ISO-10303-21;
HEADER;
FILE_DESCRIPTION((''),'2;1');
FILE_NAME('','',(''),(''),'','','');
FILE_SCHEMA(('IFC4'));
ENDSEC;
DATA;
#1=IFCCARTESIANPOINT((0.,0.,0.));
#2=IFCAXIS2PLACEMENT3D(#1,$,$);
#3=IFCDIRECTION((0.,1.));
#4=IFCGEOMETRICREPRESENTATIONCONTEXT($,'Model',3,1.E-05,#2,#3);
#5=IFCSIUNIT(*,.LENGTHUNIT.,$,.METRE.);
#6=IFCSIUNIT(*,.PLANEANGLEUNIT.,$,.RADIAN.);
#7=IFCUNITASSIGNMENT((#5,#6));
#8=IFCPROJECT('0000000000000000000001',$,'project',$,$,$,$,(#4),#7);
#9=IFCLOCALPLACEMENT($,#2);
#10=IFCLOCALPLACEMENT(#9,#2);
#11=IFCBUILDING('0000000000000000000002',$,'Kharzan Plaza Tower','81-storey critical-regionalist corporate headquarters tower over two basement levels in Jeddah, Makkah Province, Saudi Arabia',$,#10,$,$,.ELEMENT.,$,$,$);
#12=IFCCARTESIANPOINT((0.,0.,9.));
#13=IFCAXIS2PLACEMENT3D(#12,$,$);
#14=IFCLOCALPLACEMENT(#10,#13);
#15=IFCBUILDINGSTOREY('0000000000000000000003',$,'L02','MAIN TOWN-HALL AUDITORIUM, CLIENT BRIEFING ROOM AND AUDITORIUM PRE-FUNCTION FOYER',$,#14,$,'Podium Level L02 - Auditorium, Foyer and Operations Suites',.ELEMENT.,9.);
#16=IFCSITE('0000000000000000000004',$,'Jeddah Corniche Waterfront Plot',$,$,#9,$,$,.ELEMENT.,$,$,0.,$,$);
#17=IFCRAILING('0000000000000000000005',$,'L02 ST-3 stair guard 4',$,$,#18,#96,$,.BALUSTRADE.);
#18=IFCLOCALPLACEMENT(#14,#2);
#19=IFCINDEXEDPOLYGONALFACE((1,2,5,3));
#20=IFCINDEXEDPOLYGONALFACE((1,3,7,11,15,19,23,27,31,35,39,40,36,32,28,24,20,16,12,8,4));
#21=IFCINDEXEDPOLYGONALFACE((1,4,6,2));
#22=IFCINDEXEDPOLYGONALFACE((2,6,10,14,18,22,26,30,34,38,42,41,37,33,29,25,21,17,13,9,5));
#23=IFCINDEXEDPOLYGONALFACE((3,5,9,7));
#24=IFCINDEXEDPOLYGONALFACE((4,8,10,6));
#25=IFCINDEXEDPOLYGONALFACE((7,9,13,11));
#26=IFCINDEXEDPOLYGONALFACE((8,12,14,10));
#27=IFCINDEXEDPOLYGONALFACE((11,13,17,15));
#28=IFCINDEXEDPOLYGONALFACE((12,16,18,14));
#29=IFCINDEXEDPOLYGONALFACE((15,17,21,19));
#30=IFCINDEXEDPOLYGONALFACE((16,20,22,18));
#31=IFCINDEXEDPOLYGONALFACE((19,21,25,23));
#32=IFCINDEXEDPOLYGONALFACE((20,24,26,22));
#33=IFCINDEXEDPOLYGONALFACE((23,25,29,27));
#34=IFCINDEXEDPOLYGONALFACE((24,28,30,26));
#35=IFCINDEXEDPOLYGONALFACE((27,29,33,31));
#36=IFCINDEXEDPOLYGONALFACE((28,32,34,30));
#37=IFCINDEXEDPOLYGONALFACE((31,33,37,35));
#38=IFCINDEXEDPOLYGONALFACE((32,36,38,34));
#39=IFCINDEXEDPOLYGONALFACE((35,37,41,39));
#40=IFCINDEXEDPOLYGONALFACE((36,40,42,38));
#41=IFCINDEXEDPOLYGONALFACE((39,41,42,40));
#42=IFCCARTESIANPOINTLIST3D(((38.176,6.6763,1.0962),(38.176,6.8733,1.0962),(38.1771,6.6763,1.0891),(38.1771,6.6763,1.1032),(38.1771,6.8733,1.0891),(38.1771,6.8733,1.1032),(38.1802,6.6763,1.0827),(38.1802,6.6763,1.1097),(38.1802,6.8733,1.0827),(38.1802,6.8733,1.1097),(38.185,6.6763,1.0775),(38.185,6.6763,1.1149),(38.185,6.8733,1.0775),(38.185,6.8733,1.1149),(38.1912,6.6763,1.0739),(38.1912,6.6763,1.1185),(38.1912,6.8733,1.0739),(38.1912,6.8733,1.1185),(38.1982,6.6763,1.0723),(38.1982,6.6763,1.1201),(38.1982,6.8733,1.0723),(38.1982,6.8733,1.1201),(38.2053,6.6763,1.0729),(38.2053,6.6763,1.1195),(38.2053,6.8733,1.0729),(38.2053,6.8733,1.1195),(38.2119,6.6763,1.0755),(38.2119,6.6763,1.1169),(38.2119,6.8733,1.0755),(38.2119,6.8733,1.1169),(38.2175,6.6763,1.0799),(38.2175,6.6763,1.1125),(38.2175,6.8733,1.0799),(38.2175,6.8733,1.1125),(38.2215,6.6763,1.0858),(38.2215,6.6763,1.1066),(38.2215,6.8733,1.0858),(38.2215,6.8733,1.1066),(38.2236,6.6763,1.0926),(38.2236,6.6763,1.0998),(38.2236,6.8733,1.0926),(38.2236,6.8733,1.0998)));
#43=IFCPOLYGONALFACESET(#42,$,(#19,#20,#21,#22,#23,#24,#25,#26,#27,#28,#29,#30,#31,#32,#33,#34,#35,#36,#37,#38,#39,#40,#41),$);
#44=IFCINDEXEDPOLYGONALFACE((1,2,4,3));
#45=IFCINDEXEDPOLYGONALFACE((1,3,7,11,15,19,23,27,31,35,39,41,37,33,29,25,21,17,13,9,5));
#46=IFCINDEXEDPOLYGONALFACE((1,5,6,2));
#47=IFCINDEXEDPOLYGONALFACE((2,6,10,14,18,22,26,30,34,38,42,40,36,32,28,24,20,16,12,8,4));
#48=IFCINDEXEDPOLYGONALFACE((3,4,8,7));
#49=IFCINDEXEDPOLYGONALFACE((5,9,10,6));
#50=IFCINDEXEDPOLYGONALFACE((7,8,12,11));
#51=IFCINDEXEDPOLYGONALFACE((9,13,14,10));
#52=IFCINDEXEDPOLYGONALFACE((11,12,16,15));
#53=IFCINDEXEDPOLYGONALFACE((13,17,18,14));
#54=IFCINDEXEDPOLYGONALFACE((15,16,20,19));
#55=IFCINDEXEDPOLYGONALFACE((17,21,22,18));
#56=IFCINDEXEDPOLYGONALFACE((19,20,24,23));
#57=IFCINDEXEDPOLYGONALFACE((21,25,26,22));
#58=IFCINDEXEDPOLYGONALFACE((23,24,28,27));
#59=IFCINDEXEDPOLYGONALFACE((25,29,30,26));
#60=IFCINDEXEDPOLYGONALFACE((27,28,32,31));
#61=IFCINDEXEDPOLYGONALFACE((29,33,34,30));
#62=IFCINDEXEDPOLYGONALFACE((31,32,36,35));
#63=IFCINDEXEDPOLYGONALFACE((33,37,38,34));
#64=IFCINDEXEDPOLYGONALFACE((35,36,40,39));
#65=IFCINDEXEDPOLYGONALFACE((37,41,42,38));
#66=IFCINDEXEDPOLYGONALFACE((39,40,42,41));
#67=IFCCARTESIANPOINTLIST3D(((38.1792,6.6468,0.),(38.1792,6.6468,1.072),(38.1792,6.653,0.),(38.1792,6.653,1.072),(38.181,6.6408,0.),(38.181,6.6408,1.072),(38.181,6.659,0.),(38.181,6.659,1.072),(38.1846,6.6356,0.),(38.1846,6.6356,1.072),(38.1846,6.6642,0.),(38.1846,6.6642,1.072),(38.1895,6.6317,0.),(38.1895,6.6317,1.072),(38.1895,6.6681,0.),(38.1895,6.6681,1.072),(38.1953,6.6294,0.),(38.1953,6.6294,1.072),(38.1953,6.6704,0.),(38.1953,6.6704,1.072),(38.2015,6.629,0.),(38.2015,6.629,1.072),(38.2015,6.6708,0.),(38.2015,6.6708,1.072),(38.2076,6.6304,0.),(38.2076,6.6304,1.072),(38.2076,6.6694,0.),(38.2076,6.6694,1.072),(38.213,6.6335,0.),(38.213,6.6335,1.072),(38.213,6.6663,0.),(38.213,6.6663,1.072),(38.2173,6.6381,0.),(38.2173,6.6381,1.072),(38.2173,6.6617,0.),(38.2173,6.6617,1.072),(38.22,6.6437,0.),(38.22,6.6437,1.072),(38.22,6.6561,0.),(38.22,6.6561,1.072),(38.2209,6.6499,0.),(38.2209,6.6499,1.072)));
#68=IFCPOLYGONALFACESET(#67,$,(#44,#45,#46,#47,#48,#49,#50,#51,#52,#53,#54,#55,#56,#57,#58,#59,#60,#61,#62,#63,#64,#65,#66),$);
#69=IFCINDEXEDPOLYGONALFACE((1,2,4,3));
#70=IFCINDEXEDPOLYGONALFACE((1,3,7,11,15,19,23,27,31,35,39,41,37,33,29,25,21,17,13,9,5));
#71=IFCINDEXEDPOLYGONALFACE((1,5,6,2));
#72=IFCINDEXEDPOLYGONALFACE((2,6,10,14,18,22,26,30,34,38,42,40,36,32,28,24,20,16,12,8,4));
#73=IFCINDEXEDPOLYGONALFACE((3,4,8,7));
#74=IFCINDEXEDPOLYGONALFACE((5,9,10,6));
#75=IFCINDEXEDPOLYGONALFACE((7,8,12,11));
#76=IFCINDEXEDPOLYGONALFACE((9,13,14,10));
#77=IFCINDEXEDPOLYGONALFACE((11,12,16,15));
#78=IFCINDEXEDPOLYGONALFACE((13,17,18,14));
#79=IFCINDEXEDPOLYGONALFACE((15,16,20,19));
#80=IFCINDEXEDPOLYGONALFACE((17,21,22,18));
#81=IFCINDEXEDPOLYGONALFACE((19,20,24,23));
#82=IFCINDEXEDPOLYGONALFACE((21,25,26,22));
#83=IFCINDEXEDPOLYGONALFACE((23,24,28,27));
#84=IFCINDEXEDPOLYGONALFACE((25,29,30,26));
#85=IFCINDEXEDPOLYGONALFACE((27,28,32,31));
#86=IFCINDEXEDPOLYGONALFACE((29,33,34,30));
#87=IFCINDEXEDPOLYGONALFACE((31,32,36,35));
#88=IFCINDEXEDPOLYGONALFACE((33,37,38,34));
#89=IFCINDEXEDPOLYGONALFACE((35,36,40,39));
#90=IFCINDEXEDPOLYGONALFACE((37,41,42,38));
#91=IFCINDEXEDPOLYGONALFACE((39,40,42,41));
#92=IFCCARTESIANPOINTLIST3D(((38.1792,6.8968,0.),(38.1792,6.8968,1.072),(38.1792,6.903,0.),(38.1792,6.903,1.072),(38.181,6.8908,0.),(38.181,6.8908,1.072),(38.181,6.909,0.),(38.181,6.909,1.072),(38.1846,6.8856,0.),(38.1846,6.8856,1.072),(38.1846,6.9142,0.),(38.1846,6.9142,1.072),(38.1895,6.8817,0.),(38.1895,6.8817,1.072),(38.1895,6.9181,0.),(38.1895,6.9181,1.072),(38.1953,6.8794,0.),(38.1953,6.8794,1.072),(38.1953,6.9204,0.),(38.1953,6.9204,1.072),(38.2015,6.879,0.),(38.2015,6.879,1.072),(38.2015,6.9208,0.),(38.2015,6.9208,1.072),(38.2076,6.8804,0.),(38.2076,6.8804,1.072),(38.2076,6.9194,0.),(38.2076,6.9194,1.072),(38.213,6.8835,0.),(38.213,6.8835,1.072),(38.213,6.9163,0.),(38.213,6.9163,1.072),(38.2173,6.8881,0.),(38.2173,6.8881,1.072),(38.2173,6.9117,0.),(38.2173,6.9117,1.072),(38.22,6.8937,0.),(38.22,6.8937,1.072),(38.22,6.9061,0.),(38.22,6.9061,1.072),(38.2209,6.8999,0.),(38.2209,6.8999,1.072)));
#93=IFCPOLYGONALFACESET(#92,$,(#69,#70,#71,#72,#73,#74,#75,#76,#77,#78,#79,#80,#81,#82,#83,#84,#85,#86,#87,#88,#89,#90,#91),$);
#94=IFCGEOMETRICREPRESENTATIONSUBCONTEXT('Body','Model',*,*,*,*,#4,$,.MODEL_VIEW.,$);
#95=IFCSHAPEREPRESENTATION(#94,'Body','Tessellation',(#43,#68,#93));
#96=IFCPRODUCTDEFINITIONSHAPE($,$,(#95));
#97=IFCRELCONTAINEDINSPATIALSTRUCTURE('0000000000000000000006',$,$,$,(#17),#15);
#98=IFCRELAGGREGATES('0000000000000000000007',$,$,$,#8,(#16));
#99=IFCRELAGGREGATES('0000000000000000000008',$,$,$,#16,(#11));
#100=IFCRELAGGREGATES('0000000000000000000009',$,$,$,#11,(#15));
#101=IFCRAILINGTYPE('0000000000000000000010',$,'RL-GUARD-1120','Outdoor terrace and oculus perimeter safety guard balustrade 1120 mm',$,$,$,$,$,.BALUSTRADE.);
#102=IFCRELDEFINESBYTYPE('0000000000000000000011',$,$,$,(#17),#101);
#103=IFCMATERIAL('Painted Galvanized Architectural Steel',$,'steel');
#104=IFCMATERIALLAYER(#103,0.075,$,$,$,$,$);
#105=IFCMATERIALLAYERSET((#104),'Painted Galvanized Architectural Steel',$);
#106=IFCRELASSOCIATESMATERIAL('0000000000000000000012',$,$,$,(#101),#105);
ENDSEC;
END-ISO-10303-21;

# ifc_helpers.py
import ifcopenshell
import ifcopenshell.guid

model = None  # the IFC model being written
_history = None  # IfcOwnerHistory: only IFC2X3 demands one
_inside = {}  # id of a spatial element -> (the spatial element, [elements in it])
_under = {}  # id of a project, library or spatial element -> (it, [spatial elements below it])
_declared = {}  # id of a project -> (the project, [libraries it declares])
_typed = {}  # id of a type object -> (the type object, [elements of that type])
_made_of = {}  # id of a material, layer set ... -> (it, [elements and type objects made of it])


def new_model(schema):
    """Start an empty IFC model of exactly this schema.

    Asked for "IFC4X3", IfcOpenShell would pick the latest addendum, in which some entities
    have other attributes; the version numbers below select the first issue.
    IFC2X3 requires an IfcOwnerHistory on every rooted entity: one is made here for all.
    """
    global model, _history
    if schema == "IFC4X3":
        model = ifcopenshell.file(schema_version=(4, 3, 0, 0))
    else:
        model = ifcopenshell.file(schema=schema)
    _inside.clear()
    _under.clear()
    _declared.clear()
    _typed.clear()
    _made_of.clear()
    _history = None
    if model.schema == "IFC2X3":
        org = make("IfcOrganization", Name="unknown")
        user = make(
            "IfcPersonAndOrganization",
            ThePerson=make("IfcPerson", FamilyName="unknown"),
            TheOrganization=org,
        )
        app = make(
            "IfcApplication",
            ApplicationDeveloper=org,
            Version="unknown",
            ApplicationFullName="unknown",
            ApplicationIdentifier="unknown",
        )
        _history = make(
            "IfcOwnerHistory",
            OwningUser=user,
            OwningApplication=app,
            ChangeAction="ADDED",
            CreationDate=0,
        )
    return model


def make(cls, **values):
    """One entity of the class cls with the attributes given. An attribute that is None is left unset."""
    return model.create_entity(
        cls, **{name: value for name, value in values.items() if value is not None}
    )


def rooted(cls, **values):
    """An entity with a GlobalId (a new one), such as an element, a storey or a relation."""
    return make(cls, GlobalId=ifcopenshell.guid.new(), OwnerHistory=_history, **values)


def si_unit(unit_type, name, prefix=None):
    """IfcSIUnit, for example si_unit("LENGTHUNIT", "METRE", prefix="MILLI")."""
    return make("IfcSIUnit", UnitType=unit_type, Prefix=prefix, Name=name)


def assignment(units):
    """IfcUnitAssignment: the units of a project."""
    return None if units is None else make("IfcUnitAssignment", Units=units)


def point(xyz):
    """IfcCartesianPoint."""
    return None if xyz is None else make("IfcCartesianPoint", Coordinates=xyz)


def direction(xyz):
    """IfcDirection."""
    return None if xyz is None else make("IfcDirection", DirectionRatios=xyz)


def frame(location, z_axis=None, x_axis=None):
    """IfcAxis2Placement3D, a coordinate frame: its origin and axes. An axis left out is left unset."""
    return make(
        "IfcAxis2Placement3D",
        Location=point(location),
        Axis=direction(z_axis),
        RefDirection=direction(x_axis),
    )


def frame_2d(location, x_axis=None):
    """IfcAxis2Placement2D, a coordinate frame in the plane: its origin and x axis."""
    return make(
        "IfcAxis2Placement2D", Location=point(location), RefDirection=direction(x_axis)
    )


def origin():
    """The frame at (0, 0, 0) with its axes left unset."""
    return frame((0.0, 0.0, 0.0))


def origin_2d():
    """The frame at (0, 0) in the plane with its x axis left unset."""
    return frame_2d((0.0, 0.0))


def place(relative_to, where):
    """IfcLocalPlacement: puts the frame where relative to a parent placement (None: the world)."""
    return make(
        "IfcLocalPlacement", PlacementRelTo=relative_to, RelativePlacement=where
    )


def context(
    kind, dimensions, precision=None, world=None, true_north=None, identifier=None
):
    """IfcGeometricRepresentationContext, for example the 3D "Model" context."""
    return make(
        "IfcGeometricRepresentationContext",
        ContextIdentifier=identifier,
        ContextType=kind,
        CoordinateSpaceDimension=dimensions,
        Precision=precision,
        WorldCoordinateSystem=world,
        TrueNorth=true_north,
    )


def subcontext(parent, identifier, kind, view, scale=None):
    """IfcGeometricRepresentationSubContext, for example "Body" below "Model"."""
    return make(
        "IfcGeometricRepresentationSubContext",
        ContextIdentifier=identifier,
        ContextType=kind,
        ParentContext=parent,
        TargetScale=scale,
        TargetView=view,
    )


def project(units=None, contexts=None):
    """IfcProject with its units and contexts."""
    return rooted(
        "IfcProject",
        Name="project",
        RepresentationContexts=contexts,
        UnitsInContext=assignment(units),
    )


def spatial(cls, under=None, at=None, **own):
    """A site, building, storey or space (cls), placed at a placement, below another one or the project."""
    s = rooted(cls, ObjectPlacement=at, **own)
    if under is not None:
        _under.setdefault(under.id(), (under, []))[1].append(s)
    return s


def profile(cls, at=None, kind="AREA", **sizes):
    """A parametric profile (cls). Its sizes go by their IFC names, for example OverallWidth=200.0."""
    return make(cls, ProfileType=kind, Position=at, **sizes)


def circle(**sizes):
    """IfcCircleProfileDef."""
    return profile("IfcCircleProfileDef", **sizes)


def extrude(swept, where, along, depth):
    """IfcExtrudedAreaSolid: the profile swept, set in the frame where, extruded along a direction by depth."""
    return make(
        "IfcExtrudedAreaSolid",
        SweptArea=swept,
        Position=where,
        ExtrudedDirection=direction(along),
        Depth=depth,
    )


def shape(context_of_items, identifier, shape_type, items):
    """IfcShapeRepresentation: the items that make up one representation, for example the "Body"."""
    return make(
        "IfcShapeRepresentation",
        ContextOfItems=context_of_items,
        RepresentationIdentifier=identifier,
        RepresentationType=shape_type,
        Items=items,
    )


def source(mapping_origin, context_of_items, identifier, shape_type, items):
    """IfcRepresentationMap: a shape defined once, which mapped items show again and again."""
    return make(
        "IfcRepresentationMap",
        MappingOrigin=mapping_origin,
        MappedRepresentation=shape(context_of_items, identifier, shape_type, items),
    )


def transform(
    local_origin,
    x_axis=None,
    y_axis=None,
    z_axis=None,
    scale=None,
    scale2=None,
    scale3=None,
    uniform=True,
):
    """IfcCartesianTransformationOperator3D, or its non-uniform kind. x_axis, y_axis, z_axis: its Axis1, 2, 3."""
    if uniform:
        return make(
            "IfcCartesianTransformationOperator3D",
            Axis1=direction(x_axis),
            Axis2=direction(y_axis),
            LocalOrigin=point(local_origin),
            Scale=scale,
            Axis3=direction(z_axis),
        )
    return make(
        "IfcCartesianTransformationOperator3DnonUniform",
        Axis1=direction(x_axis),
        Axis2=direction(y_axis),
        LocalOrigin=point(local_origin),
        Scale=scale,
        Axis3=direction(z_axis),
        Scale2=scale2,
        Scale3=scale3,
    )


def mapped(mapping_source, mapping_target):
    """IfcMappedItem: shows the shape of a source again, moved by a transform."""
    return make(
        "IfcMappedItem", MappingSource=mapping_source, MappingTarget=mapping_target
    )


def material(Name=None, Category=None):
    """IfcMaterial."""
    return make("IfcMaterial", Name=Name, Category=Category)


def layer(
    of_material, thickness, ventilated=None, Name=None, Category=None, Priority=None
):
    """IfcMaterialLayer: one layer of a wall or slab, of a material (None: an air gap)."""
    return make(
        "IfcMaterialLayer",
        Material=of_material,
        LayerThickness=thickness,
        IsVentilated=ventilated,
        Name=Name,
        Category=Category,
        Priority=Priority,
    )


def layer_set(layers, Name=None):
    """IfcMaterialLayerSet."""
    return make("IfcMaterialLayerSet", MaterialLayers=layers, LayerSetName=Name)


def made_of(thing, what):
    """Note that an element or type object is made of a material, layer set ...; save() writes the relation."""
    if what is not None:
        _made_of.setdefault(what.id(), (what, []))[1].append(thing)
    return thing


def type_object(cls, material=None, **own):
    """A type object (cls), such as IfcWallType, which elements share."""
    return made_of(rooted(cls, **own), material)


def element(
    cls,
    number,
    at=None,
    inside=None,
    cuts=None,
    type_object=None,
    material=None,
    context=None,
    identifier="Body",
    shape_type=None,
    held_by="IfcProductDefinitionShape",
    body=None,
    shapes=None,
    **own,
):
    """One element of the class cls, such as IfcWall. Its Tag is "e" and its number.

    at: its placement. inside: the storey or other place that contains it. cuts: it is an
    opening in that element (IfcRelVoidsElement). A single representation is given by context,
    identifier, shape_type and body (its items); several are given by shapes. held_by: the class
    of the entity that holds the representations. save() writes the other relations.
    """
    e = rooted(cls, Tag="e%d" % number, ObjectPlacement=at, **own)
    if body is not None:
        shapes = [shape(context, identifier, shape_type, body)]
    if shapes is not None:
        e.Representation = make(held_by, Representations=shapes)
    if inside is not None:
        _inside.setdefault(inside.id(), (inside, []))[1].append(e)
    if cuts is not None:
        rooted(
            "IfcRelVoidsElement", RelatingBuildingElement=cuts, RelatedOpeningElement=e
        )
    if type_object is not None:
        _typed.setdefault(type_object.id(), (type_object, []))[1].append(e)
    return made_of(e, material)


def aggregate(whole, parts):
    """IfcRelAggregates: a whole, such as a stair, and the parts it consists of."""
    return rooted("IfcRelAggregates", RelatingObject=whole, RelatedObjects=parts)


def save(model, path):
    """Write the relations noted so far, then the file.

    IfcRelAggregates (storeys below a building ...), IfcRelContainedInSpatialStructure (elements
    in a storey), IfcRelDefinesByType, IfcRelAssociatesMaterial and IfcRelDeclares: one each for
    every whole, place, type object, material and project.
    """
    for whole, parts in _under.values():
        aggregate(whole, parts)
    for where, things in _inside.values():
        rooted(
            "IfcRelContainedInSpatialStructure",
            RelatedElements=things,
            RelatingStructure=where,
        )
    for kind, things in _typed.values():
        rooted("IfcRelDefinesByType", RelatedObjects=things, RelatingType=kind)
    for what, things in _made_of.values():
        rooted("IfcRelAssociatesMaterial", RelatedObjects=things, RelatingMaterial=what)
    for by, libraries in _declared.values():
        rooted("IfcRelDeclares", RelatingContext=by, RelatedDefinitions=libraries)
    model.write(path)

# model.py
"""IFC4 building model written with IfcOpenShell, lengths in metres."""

from ifc_helpers import new_model, si_unit, direction, frame, origin, origin_2d, place, context, subcontext, project, spatial, circle, extrude, source, transform, mapped, material, layer, layer_set, type_object, element, save


model = new_model("IFC4")

# Units and contexts
model_context = context("Model", 3, precision=1e-05, world=origin(), true_north=direction((0.0, 1.0)))
body_context = subcontext(model_context, "Body", "Model", "MODEL_VIEW")
ifc_project = project(units=[si_unit("LENGTHUNIT", "METRE"), si_unit("PLANEANGLEUNIT", "RADIAN")], contexts=[model_context])

# Site, building, storey
site_placement = place(None, origin())
site = spatial("IfcSite", under=ifc_project, at=site_placement, Name="Jeddah Corniche Waterfront Plot", CompositionType="ELEMENT", RefElevation=0.0)
building_placement = place(site_placement, origin())
building = spatial("IfcBuilding", under=site, at=building_placement, Name="Kharzan Plaza Tower", Description="81-storey critical-regionalist corporate headquarters tower over two basement levels in Jeddah, Makkah Province, Saudi Arabia", CompositionType="ELEMENT")
storey_placement = place(building_placement, frame((0.0, 0.0, 9.0)))
storey = spatial("IfcBuildingStorey", under=building, at=storey_placement, Name="L02", Description="MAIN TOWN-HALL AUDITORIUM, CLIENT BRIEFING ROOM AND AUDITORIUM PRE-FUNCTION FOYER", LongName="Podium Level L02 - Auditorium, Foyer and Operations Suites", CompositionType="ELEMENT", Elevation=9.0)

# Railing
ifc_material_1 = material(Name="Painted Galvanized Architectural Steel", Category="steel")
ifc_layer_1 = layer(ifc_material_1, 0.075)
ifc_layer_set_1 = layer_set([ifc_layer_1], Name="Painted Galvanized Architectural Steel")
railing_type_1 = type_object("IfcRailingType", Name="RL-GUARD-1120", Description="Outdoor terrace and oculus perimeter safety guard balustrade 1120 mm", PredefinedType="BALUSTRADE", material=ifc_layer_set_1)
shared_shape_1 = source(origin(), body_context, "Body", "SweptSolid", [
    extrude(circle(Radius=0.0239, at=origin_2d()), frame((0.0, 0.0264, 1.0962), z_axis=(0.0, 1.0, 0.0), x_axis=(-1.0, 0.0, 0.0)), (0.0, 0.0, 1.0), 0.197),
    extrude(circle(Radius=0.021, at=origin_2d()), origin(), (0.0, 0.0, 1.0), 1.072),
    extrude(circle(Radius=0.021, at=origin_2d()), frame((0.0, 0.25, 0.0)), (0.0, 0.0, 1.0), 1.072),
])
railing_1_placement = place(storey_placement, frame((38.2, 6.6499, 0.0)))
element("IfcRailing", 1, at=railing_1_placement, inside=storey, type_object=railing_type_1, Name="L02 ST-3 stair guard 4", PredefinedType="BALUSTRADE", context=body_context, shape_type="MappedRepresentation", body=[
    mapped(shared_shape_1, transform((0.0, 0.0, 0.0), x_axis=(1.0, 0.0, 0.0), y_axis=(0.0, 1.0, 0.0), z_axis=(0.0, 0.0, 1.0))),
])

save(model, "model.ifc")
